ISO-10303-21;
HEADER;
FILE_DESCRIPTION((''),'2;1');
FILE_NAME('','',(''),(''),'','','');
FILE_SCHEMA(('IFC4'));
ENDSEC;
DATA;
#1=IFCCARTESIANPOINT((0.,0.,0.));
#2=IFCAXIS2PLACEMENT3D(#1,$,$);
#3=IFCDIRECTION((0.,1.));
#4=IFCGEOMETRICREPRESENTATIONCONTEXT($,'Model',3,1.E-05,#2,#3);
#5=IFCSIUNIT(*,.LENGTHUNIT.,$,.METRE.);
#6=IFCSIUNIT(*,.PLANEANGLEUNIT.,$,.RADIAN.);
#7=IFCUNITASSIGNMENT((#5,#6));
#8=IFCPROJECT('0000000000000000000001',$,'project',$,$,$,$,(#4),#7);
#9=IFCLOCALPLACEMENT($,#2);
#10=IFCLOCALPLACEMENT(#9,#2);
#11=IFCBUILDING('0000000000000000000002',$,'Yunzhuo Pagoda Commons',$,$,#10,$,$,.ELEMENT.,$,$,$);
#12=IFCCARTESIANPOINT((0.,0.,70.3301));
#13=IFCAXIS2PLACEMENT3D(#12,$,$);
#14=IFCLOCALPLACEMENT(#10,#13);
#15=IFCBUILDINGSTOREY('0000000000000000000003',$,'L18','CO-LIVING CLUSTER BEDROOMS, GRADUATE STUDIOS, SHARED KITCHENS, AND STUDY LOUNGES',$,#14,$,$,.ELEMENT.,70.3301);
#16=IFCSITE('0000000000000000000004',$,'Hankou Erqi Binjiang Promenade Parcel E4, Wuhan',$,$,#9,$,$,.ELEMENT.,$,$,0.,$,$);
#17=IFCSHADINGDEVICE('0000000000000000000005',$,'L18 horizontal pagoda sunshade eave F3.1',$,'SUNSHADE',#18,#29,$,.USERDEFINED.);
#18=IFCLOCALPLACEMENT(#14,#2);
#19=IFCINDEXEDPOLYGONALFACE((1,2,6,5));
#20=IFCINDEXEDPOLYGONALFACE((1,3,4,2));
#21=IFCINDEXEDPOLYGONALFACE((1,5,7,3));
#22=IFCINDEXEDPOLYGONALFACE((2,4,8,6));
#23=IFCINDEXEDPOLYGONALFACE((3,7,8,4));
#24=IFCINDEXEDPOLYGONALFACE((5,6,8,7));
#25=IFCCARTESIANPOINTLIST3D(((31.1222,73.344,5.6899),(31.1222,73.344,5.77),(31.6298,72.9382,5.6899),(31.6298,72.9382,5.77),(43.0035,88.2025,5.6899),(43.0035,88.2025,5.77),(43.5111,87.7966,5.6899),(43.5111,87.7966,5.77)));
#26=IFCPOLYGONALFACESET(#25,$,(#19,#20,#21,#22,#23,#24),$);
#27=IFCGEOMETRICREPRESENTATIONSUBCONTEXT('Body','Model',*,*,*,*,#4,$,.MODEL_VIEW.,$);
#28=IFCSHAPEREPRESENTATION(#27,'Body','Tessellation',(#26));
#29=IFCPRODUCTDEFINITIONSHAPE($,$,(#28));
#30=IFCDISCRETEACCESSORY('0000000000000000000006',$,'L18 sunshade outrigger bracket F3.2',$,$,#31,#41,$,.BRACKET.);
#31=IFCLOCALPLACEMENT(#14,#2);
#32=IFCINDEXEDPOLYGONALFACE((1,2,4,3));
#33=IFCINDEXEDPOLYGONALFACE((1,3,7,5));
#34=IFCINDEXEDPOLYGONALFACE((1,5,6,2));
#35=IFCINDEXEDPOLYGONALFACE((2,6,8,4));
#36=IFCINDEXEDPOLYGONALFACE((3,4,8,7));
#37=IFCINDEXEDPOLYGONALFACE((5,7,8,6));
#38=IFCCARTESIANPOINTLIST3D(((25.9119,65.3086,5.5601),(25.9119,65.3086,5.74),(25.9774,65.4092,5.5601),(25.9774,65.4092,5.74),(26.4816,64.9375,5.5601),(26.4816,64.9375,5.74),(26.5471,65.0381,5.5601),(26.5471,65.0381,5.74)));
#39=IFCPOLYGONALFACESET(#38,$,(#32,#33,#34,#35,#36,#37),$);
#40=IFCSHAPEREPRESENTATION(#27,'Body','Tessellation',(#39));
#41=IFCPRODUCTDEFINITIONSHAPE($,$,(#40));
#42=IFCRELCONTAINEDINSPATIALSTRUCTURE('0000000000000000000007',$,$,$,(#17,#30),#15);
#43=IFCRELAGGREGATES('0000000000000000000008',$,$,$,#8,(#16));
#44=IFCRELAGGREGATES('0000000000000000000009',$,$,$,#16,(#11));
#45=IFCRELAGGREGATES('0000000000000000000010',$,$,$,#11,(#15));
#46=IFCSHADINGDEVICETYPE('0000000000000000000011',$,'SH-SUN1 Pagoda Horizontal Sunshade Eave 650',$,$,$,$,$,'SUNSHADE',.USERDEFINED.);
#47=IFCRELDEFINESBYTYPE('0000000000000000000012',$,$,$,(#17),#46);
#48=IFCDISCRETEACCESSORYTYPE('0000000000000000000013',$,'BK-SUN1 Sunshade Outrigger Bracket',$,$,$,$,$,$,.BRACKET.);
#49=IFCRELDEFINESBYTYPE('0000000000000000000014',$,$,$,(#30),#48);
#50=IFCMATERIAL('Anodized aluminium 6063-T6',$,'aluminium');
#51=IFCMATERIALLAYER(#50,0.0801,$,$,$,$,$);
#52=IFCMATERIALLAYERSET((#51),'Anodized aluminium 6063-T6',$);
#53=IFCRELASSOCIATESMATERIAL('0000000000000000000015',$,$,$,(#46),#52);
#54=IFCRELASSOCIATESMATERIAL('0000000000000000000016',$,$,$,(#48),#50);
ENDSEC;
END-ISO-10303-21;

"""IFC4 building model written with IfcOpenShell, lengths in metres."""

from ifc_helpers import new_model, si_unit, direction, frame, origin, origin_2d, place, context, subcontext, project, spatial, rectangle, extrude, source, transform, mapped, material, layer, layer_set, type_object, element, save


model = new_model("IFC4")

# Units and contexts
model_context = context("Model", 3, precision=1e-05, world=origin(), true_north=direction((0.0, 1.0)))
body_context = subcontext(model_context, "Body", "Model", "MODEL_VIEW")
ifc_project = project(units=[si_unit("LENGTHUNIT", "METRE"), si_unit("PLANEANGLEUNIT", "RADIAN")], contexts=[model_context])

# Site, building, storey
site_placement = place(None, origin())
site = spatial("IfcSite", under=ifc_project, at=site_placement, Name="Hankou Erqi Binjiang Promenade Parcel E4, Wuhan", CompositionType="ELEMENT", RefElevation=0.0)
building_placement = place(site_placement, origin())
building = spatial("IfcBuilding", under=site, at=building_placement, Name="Yunzhuo Pagoda Commons", CompositionType="ELEMENT")
storey_placement = place(building_placement, frame((0.0, 0.0, 70.3301)))
storey = spatial("IfcBuildingStorey", under=building, at=storey_placement, Name="L18", Description="CO-LIVING CLUSTER BEDROOMS, GRADUATE STUDIOS, SHARED KITCHENS, AND STUDY LOUNGES", CompositionType="ELEMENT", Elevation=70.3301)

# Shared definitions
ifc_material_1 = material(Name="Anodized aluminium 6063-T6", Category="aluminium")

# Shading device
ifc_layer_1 = layer(ifc_material_1, 0.0801)
ifc_layer_set_1 = layer_set([ifc_layer_1], Name="Anodized aluminium 6063-T6")
shading_device_type = type_object("IfcShadingDeviceType", Name="SH-SUN1 Pagoda Horizontal Sunshade Eave 650", ElementType="SUNSHADE", PredefinedType="USERDEFINED", material=ifc_layer_set_1)
shared_shape_1 = source(origin(), body_context, "Body", "SweptSolid", [
    extrude(rectangle(XDim=19.0247, YDim=0.6499, at=origin_2d()), origin(), (0.0, 0.0, 1.0), 0.0801),
])
shading_device_1_placement = place(storey_placement, frame((37.3167, 80.5703, 5.6899), z_axis=(0.0, 0.0, 1.0), x_axis=(-0.62452, -0.781008, 0.0)))
element("IfcShadingDevice", 1, at=shading_device_1_placement, inside=storey, type_object=shading_device_type, Name="L18 horizontal pagoda sunshade eave F3.1", ObjectType="SUNSHADE", PredefinedType="USERDEFINED", context=body_context, shape_type="MappedRepresentation", body=[
    mapped(shared_shape_1, transform((0.0, 0.0, 0.0), scale=1.0)),
])

# Discrete accessory
discrete_accessory_type = type_object("IfcDiscreteAccessoryType", Name="BK-SUN1 Sunshade Outrigger Bracket", PredefinedType="BRACKET", material=ifc_material_1)
shared_shape_2 = source(origin(), body_context, "Body", "SweptSolid", [
    extrude(rectangle(XDim=0.1201, YDim=0.6799, at=origin_2d()), origin(), (0.0, 0.0, 1.0), 0.1799),
])
discrete_accessory_placement = place(storey_placement, frame((26.2295, 65.1733, 5.5601), z_axis=(0.0, 0.0, 1.0), x_axis=(-0.545839, -0.83789, 0.0)))
element("IfcDiscreteAccessory", 2, at=discrete_accessory_placement, inside=storey, type_object=discrete_accessory_type, Name="L18 sunshade outrigger bracket F3.2", PredefinedType="BRACKET", context=body_context, shape_type="MappedRepresentation", body=[
    mapped(shared_shape_2, transform((0.0, 0.0, 0.0), scale=1.0)),
])

save(model, "model.ifc")
